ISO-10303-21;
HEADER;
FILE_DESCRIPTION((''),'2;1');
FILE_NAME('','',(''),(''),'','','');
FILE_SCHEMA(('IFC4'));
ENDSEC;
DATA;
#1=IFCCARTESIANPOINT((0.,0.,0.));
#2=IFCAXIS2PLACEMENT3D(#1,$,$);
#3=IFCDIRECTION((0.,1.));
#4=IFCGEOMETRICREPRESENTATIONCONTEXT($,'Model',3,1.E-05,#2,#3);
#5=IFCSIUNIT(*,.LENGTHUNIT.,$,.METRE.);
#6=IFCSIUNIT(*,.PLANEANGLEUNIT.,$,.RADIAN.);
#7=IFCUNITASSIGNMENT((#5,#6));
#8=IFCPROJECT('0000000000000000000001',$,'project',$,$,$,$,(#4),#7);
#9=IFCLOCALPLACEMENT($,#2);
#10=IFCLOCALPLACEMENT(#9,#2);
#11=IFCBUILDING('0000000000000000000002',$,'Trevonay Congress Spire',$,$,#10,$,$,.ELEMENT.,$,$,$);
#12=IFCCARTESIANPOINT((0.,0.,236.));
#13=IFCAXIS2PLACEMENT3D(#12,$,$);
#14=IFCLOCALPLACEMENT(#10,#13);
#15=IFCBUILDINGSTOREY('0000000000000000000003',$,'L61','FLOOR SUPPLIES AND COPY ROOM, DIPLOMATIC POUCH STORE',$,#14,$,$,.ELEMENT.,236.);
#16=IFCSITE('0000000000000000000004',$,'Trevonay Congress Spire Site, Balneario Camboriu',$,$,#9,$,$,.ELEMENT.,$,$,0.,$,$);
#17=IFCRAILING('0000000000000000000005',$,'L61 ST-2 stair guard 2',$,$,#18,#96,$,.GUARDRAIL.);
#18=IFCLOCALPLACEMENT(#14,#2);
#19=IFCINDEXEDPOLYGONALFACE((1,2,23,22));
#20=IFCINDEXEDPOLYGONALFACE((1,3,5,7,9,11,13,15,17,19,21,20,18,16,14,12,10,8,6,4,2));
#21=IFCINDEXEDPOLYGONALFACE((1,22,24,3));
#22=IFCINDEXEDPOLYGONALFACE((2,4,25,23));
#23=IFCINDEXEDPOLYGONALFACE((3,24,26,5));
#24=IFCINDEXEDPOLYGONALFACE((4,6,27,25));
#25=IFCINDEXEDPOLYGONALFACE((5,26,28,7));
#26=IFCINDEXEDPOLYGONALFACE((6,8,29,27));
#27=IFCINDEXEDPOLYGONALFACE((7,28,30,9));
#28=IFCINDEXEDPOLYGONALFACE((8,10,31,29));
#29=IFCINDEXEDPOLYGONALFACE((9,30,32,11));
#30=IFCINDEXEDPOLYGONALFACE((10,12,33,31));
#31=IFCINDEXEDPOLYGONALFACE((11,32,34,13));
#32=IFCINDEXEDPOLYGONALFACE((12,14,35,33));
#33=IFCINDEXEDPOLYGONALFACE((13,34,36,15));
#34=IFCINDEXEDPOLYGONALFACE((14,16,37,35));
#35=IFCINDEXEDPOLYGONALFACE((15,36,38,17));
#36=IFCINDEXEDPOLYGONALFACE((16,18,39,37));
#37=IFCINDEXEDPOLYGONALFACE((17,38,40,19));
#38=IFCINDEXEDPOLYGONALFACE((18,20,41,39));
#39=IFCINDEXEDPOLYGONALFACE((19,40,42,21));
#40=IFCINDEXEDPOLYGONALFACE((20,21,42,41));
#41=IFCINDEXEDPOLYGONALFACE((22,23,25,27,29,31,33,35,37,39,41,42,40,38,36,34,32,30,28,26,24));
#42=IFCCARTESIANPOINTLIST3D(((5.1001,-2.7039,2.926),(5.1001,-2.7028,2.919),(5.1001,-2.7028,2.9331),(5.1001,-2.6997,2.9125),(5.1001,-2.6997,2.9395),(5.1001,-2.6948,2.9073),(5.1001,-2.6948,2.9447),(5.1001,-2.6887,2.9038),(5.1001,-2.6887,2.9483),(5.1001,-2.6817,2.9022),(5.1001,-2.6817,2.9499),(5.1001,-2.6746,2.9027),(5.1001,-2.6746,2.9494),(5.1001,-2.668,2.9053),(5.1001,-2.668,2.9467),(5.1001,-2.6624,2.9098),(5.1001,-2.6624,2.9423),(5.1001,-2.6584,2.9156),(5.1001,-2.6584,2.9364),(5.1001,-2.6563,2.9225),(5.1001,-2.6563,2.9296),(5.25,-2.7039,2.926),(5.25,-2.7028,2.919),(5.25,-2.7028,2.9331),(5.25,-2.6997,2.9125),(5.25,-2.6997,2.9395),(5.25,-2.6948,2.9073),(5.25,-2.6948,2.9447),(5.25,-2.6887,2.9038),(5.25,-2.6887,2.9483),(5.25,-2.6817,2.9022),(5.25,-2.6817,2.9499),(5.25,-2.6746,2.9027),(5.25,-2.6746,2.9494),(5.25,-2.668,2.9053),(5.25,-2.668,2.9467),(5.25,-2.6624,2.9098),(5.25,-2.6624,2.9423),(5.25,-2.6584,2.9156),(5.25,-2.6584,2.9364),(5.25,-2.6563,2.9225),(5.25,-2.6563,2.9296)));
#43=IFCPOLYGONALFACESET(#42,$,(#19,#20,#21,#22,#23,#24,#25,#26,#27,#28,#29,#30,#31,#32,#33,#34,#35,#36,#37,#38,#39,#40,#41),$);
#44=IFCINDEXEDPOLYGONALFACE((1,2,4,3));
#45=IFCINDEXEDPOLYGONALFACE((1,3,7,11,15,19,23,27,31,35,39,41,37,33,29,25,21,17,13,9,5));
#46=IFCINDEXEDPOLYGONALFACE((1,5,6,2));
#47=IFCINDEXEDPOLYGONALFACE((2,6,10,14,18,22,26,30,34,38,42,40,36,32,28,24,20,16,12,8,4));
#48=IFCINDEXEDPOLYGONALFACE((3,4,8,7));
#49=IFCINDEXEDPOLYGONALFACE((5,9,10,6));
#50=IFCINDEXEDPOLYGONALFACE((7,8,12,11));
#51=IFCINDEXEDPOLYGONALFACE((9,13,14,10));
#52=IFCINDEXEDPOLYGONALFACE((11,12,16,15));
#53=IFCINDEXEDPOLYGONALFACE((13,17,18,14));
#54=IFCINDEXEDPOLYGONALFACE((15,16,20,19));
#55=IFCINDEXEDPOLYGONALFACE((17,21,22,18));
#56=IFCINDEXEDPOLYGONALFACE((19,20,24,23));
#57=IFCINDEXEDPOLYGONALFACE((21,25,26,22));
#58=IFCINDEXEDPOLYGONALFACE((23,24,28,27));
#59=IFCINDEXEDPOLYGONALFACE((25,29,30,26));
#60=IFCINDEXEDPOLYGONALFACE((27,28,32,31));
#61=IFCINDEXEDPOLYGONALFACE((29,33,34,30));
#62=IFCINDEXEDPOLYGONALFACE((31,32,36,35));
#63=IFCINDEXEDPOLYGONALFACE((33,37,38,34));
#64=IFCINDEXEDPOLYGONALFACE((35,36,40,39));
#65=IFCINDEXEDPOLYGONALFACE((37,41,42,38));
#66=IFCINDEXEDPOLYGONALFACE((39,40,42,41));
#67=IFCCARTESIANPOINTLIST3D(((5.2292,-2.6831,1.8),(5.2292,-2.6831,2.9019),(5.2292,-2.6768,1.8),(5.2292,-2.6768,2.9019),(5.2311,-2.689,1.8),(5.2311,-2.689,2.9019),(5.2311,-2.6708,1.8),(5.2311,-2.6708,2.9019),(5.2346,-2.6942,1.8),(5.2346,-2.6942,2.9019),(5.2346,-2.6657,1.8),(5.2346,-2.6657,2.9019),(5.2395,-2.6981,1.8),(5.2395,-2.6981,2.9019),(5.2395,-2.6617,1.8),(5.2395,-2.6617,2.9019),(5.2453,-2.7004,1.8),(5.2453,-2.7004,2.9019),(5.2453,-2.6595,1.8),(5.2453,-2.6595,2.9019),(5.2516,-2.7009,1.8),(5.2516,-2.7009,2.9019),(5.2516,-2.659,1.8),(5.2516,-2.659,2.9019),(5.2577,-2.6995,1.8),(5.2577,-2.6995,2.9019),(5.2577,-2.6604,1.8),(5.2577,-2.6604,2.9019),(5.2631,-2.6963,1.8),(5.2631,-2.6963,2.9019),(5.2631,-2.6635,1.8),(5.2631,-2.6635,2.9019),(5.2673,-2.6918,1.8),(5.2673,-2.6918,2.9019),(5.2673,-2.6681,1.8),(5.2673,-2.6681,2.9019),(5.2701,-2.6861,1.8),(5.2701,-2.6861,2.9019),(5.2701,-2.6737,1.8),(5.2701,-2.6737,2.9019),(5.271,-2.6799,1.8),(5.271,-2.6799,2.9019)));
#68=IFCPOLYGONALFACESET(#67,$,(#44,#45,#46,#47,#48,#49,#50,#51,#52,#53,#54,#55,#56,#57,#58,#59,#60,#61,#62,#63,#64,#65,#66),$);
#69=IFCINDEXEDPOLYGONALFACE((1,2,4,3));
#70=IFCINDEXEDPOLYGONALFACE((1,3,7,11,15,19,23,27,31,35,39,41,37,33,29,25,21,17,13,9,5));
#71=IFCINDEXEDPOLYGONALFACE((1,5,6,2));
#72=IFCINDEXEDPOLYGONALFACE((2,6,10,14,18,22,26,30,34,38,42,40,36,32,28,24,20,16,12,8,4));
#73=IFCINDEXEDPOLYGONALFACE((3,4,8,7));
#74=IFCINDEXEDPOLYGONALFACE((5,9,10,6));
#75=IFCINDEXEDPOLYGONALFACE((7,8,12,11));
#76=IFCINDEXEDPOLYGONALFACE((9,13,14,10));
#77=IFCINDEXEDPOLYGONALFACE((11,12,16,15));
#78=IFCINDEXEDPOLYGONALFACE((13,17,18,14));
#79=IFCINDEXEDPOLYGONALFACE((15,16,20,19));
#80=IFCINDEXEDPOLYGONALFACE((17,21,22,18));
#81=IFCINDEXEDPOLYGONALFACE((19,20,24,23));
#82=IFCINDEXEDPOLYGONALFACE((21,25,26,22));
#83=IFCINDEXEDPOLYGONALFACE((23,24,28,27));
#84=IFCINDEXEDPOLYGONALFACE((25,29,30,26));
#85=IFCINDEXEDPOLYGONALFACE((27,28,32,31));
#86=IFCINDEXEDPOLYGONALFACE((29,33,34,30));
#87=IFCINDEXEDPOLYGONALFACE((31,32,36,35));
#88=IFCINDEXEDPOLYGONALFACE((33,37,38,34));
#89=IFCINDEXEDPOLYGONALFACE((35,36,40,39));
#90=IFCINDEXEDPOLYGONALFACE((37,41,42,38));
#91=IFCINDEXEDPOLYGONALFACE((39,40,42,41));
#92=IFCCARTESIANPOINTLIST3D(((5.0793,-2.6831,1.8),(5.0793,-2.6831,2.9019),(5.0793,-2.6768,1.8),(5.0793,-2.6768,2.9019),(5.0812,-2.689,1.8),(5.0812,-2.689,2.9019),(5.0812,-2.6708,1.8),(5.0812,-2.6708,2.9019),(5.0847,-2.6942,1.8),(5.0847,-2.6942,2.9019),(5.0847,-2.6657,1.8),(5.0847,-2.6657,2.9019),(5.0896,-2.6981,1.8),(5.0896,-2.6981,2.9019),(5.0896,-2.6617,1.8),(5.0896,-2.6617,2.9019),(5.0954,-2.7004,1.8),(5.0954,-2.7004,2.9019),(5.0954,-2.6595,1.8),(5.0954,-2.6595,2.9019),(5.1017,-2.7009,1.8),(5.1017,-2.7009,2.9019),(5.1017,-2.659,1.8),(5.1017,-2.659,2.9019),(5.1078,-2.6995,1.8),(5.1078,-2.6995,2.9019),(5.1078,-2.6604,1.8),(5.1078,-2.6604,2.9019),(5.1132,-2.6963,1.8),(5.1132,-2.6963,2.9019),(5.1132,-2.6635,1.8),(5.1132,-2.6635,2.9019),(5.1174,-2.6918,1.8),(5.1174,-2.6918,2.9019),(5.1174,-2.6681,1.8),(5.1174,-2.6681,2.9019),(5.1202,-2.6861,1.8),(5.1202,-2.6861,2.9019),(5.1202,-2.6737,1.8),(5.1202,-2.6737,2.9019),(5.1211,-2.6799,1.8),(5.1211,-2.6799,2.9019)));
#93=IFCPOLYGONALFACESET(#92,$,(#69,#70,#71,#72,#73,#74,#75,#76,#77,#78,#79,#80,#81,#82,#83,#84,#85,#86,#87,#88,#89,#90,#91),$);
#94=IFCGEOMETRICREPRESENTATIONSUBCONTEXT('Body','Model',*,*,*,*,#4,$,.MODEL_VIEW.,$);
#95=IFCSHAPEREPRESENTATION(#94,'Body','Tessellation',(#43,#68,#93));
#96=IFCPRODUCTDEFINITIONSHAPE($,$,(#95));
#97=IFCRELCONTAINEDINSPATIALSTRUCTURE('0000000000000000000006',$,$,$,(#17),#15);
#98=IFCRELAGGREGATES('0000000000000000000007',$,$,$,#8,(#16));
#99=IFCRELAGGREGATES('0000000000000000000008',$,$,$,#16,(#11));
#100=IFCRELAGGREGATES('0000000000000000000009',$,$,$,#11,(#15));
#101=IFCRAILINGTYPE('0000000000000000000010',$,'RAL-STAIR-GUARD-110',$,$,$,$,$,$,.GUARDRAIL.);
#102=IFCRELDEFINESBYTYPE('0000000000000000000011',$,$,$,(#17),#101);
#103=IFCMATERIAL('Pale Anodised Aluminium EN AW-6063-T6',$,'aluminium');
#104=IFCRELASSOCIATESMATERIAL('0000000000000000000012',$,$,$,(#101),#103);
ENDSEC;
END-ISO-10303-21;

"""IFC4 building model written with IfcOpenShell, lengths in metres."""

from ifc_helpers import new_model, si_unit, direction, frame, origin, origin_2d, place, context, subcontext, project, spatial, circle, extrude, material, type_object, element, save


model = new_model("IFC4")

# Units and contexts
model_context = context("Model", 3, precision=1e-05, world=origin(), true_north=direction((0.0, 1.0)))
body_context = subcontext(model_context, "Body", "Model", "MODEL_VIEW")
ifc_project = project(units=[si_unit("LENGTHUNIT", "METRE"), si_unit("PLANEANGLEUNIT", "RADIAN")], contexts=[model_context])

# Site, building, storey
site_placement = place(None, origin())
site = spatial("IfcSite", under=ifc_project, at=site_placement, Name="Trevonay Congress Spire Site, Balneario Camboriu", CompositionType="ELEMENT", RefElevation=0.0)
building_placement = place(site_placement, origin())
building = spatial("IfcBuilding", under=site, at=building_placement, Name="Trevonay Congress Spire", CompositionType="ELEMENT")
storey_placement = place(building_placement, frame((0.0, 0.0, 236.0)))
storey = spatial("IfcBuildingStorey", under=building, at=storey_placement, Name="L61", Description="FLOOR SUPPLIES AND COPY ROOM, DIPLOMATIC POUCH STORE", CompositionType="ELEMENT", Elevation=236.0)

# Shared definitions
ifc_material_1 = material(Name="Pale Anodised Aluminium EN AW-6063-T6", Category="aluminium")

# Railing
railing_type_1 = type_object("IfcRailingType", Name="RAL-STAIR-GUARD-110", PredefinedType="GUARDRAIL", material=ifc_material_1)
railing_1_placement = place(storey_placement, frame((5.25, -2.6799, 1.8)))
element("IfcRailing", 1, at=railing_1_placement, inside=storey, type_object=railing_type_1, Name="L61 ST-2 stair guard 2", PredefinedType="GUARDRAIL", context=body_context, shape_type="SweptSolid", body=[
    extrude(circle(Radius=0.0239, at=origin_2d()), frame((0.0, 0.0, 1.126), z_axis=(-1.0, 0.0, 0.0), x_axis=(0.0, -1.0, 0.0)), (0.0, 0.0, 1.0), 0.1499),
    extrude(circle(Radius=0.021, at=origin_2d()), origin(), (0.0, 0.0, 1.0), 1.1018),
    extrude(circle(Radius=0.021, at=origin_2d()), frame((-0.1499, 0.0, 0.0)), (0.0, 0.0, 1.0), 1.1018),
])

save(model, "model.ifc")
